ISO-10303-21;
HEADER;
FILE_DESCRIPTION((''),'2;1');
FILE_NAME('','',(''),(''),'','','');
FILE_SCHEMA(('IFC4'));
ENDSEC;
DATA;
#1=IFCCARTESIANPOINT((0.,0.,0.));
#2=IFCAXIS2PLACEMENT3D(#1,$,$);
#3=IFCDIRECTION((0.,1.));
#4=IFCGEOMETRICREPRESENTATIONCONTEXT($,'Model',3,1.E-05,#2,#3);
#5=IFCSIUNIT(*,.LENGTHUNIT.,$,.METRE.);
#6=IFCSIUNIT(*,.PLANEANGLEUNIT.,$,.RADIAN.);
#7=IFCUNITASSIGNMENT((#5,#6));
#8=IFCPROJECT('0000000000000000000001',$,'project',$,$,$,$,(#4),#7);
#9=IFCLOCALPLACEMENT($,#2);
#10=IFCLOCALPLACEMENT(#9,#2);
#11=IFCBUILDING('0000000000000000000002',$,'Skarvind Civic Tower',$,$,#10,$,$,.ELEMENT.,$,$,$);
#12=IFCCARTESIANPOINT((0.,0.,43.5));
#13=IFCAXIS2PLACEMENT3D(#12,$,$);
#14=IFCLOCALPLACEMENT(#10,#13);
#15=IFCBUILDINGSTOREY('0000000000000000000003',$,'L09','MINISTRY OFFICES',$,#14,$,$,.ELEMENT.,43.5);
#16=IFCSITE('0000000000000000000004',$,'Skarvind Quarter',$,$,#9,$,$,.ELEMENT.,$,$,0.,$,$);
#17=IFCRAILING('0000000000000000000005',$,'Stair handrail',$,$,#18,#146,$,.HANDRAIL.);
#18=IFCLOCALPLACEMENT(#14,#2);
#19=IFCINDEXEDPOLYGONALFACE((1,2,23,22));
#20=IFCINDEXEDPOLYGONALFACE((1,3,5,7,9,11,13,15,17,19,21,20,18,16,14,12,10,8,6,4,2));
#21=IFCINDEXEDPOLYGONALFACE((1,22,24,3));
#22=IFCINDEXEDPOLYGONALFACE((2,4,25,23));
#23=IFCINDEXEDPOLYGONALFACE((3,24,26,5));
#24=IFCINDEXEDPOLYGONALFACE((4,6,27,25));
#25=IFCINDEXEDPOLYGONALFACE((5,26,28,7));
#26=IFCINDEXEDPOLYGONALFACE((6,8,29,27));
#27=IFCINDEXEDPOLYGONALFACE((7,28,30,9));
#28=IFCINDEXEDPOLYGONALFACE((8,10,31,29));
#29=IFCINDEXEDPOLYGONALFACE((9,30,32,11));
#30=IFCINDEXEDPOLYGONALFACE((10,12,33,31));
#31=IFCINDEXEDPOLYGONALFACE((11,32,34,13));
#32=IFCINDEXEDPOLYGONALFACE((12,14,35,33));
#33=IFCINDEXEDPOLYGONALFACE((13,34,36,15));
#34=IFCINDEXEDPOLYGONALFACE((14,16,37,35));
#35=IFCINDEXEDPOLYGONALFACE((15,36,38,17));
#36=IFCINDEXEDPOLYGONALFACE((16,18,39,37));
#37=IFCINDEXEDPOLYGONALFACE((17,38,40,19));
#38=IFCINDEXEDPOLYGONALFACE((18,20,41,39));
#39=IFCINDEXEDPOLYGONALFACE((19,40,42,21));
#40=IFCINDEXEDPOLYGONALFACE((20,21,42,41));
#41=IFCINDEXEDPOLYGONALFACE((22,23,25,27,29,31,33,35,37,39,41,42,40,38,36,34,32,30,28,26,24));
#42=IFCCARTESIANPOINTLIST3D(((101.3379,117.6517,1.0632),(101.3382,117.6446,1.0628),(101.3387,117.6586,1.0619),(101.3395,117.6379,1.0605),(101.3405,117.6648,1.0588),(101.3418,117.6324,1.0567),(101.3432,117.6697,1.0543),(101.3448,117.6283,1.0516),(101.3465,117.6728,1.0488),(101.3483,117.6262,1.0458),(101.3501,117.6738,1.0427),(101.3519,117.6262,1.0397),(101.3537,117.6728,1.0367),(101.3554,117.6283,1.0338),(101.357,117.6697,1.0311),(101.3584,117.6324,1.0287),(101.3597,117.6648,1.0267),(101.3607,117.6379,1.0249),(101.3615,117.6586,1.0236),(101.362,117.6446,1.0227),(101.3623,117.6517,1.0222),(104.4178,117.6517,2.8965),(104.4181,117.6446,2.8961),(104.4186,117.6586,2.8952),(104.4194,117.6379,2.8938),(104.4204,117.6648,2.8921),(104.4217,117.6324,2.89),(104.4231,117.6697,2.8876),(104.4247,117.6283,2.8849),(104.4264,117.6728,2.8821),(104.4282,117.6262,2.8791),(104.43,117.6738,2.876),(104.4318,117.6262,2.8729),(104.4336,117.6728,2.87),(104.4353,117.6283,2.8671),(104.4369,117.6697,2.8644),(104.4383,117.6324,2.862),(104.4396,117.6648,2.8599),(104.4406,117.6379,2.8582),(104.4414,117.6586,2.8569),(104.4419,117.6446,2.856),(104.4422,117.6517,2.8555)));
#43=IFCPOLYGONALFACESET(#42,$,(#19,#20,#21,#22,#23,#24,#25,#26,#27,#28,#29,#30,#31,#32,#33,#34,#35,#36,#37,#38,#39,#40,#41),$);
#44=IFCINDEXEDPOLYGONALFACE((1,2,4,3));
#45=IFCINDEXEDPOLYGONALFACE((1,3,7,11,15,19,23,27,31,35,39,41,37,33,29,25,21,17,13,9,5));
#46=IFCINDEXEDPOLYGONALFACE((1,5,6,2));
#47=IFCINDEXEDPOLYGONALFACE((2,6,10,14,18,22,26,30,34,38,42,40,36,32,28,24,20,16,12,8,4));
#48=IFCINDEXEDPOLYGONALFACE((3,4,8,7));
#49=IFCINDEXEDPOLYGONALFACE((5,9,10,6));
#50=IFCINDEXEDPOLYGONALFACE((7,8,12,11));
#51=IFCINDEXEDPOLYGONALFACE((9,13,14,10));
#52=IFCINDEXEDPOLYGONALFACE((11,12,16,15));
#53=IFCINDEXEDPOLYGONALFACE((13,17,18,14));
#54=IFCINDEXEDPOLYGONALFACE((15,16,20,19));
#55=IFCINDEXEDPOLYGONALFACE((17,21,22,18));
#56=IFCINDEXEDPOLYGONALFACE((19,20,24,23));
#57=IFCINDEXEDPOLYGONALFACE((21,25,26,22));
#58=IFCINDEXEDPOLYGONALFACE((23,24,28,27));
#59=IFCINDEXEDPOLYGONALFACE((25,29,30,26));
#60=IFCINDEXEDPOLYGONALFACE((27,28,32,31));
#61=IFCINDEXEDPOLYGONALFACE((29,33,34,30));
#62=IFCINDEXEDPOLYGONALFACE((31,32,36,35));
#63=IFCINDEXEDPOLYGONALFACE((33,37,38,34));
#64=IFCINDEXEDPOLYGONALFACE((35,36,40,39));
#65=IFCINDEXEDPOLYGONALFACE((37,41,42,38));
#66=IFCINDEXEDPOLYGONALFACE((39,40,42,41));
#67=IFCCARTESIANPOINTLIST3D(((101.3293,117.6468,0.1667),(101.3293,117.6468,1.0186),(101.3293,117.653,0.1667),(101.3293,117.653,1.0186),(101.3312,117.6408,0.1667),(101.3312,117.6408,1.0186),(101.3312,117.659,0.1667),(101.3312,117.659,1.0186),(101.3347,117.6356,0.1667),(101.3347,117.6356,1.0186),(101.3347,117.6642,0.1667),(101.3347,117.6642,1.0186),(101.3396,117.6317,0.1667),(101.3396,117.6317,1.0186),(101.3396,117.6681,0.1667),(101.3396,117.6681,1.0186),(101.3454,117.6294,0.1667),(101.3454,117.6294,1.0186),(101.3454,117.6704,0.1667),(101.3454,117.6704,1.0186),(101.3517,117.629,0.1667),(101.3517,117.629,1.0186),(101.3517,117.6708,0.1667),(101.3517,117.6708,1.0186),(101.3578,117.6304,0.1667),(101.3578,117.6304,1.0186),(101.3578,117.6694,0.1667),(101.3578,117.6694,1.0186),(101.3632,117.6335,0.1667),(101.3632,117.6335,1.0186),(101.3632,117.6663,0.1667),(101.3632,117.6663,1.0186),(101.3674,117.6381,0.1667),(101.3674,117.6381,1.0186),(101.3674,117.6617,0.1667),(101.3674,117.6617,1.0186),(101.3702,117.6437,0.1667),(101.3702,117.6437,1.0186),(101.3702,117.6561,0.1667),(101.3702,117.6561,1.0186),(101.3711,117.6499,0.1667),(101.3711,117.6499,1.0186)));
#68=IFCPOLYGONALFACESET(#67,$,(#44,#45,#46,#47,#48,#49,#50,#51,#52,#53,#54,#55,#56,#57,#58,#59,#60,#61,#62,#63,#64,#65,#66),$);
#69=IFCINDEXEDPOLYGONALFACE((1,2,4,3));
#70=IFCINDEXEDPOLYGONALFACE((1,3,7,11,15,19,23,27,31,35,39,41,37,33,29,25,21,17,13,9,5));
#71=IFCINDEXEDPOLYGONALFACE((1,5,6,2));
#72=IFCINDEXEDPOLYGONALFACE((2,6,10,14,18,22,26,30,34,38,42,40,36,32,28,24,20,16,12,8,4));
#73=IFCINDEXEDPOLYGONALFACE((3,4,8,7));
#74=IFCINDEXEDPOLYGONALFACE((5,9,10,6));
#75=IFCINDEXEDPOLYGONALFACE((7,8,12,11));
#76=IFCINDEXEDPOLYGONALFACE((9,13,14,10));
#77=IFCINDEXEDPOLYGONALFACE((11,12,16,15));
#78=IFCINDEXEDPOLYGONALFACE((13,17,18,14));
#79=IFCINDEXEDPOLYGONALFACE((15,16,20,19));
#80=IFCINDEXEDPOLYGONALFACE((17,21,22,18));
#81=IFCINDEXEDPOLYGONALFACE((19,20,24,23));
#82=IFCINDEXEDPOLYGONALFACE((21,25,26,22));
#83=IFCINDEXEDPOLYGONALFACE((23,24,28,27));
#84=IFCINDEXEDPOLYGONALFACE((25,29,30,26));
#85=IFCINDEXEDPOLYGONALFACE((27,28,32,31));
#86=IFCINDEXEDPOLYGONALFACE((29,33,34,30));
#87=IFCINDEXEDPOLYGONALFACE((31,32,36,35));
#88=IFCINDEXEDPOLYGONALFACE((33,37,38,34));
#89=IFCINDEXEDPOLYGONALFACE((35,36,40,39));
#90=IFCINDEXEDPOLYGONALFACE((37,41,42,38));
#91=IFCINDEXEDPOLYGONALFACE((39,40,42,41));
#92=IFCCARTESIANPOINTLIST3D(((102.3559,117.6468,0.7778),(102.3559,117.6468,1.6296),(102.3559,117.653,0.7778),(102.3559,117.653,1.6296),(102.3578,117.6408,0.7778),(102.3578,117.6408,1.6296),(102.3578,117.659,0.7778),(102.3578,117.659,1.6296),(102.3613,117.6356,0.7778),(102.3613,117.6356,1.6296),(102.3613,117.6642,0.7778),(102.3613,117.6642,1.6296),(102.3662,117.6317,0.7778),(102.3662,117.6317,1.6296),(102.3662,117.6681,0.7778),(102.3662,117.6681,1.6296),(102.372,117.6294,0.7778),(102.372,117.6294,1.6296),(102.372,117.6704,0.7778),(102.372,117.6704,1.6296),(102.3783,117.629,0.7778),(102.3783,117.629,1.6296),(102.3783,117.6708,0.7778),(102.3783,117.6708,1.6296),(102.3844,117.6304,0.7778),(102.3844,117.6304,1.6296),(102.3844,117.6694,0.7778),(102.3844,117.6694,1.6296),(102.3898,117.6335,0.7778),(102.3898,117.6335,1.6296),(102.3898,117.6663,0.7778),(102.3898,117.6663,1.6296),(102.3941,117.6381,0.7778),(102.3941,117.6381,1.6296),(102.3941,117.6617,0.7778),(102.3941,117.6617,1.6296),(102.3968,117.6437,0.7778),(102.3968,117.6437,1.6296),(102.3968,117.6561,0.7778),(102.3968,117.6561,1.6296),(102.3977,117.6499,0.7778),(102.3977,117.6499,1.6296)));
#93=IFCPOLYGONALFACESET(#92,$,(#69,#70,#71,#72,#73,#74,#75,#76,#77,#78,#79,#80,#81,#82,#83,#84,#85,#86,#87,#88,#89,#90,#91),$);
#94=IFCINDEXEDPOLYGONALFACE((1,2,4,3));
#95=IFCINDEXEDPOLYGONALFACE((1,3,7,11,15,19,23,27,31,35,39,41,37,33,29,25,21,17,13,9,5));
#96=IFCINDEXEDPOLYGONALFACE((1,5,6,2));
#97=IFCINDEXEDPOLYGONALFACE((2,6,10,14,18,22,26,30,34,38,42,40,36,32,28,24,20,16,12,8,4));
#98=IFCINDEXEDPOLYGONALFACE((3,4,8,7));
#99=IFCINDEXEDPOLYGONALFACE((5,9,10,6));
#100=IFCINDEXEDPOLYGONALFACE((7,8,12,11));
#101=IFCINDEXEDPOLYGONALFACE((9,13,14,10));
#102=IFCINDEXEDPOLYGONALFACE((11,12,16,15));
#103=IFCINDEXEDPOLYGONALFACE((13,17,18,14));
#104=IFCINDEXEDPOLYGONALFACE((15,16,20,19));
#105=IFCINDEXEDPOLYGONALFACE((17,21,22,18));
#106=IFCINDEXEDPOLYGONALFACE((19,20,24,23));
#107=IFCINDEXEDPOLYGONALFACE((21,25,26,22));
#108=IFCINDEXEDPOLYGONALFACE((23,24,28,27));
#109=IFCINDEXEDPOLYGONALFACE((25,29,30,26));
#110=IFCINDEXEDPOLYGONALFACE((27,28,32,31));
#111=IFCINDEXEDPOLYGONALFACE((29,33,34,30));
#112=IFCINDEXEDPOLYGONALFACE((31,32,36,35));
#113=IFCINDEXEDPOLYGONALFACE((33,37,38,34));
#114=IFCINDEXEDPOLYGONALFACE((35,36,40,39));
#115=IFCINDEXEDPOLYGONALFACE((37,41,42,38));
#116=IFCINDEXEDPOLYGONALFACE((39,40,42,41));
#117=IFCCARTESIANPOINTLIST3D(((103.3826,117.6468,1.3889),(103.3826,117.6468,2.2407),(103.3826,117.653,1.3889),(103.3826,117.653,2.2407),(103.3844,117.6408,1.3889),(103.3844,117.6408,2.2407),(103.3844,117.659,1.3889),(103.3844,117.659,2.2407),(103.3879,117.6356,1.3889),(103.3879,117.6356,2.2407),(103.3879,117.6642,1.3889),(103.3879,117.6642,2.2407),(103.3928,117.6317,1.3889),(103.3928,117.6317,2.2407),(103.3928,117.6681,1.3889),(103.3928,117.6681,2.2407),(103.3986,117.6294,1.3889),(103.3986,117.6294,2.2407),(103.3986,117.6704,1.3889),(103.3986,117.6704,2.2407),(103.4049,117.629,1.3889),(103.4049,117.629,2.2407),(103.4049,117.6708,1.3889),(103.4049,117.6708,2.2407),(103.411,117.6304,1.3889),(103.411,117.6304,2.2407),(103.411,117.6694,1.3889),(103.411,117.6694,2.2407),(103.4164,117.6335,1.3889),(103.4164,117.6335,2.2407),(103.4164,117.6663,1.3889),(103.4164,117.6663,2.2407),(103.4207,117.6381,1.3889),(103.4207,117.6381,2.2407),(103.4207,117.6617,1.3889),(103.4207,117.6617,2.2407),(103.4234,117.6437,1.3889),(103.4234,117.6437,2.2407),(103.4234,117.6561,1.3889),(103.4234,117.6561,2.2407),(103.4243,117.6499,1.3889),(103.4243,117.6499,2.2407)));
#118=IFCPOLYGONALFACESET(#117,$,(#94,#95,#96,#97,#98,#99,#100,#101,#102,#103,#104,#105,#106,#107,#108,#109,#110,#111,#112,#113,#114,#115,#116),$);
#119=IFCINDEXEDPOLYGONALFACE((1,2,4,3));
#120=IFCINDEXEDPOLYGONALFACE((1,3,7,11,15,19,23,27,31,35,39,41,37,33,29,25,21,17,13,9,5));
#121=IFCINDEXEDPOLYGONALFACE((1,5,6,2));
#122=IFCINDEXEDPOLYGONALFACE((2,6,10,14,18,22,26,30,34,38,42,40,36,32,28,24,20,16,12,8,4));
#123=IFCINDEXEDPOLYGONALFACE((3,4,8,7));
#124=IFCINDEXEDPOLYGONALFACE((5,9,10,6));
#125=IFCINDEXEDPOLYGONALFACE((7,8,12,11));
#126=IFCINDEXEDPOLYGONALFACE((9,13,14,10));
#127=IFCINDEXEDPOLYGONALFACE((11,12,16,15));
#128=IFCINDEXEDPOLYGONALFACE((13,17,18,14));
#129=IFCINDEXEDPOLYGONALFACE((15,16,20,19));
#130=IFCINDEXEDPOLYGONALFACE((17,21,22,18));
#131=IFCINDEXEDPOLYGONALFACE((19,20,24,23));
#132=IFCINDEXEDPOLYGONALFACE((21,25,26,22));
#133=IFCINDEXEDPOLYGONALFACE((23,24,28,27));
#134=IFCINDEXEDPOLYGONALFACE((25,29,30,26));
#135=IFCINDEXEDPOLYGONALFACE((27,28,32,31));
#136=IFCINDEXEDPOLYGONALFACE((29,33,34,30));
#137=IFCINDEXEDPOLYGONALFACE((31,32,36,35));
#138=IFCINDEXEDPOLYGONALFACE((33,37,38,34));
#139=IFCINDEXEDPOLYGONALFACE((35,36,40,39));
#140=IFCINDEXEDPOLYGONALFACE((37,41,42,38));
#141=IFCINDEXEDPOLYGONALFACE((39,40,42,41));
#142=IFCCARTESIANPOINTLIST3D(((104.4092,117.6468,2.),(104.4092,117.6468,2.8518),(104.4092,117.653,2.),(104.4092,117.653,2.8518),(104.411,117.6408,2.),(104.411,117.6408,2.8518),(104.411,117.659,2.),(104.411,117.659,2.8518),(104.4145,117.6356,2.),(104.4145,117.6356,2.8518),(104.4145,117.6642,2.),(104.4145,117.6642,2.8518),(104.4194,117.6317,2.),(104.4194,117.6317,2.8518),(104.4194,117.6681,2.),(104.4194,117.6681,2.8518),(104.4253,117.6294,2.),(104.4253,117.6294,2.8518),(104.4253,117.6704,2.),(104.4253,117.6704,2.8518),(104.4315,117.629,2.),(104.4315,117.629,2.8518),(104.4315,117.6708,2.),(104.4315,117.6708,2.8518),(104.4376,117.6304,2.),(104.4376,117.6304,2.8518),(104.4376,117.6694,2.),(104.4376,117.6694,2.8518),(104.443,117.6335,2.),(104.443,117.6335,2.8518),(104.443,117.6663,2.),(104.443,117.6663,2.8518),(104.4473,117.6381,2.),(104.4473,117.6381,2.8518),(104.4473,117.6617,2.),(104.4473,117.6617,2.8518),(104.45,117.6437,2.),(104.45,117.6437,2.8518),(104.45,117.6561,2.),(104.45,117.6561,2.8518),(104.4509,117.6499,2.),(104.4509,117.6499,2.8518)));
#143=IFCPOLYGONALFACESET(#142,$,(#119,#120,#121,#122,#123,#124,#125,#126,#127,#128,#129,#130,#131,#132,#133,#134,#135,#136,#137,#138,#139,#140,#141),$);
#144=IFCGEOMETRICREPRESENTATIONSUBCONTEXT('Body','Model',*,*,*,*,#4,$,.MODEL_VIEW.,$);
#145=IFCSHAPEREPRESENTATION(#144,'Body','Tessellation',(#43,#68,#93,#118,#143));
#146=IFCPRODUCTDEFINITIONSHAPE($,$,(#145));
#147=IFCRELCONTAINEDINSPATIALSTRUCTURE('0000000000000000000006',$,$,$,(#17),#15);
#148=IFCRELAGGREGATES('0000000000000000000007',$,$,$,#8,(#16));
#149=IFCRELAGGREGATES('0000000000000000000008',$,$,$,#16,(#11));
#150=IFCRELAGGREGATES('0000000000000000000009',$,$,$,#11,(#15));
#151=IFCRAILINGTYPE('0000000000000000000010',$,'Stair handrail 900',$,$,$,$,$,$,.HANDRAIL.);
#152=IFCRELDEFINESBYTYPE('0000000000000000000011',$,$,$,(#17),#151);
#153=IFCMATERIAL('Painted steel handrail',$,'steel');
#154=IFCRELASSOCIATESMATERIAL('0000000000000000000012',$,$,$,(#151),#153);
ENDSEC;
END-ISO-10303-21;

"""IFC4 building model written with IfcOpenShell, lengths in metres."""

from ifc_helpers import new_model, si_unit, direction, frame, origin, origin_2d, place, context, subcontext, project, spatial, circle, extrude, material, type_object, element, save


model = new_model("IFC4")

# Units and contexts
model_context = context("Model", 3, precision=1e-05, world=origin(), true_north=direction((0.0, 1.0)))
body_context = subcontext(model_context, "Body", "Model", "MODEL_VIEW")
ifc_project = project(units=[si_unit("LENGTHUNIT", "METRE"), si_unit("PLANEANGLEUNIT", "RADIAN")], contexts=[model_context])

# Site, building, storey
site_placement = place(None, origin())
site = spatial("IfcSite", under=ifc_project, at=site_placement, Name="Skarvind Quarter", CompositionType="ELEMENT", RefElevation=0.0)
building_placement = place(site_placement, origin())
building = spatial("IfcBuilding", under=site, at=building_placement, Name="Skarvind Civic Tower", CompositionType="ELEMENT")
storey_placement = place(building_placement, frame((0.0, 0.0, 43.5)))
storey = spatial("IfcBuildingStorey", under=building, at=storey_placement, Name="L09", Description="MINISTRY OFFICES", CompositionType="ELEMENT", Elevation=43.5)

# Railing
ifc_material_1 = material(Name="Painted steel handrail", Category="steel")
railing_type = type_object("IfcRailingType", Name="Stair handrail 900", PredefinedType="HANDRAIL", material=ifc_material_1)
railing_placement = place(storey_placement, frame((101.3501, 117.6499, 0.1667)))
element("IfcRailing", 1, at=railing_placement, inside=storey, type_object=railing_type, Name="Stair handrail", PredefinedType="HANDRAIL", context=body_context, shape_type="SweptSolid", body=[
    extrude(circle(Radius=0.0239, at=origin_2d()), frame((0.0, 0.0, 0.876), z_axis=(0.859291, 0.0, 0.511487), x_axis=(0.0, 1.0, 0.0)), (0.0, 0.0, 1.0), 3.5842),
    extrude(circle(Radius=0.021, at=origin_2d()), origin(), (0.0, 0.0, 1.0), 0.8518),
    extrude(circle(Radius=0.021, at=origin_2d()), frame((1.0266, 0.0, 0.6111)), (0.0, 0.0, 1.0), 0.8518),
    extrude(circle(Radius=0.021, at=origin_2d()), frame((2.0532, 0.0, 1.2222)), (0.0, 0.0, 1.0), 0.8518),
    extrude(circle(Radius=0.021, at=origin_2d()), frame((3.0798, 0.0, 1.8333)), (0.0, 0.0, 1.0), 0.8518),
])

save(model, "model.ifc")
